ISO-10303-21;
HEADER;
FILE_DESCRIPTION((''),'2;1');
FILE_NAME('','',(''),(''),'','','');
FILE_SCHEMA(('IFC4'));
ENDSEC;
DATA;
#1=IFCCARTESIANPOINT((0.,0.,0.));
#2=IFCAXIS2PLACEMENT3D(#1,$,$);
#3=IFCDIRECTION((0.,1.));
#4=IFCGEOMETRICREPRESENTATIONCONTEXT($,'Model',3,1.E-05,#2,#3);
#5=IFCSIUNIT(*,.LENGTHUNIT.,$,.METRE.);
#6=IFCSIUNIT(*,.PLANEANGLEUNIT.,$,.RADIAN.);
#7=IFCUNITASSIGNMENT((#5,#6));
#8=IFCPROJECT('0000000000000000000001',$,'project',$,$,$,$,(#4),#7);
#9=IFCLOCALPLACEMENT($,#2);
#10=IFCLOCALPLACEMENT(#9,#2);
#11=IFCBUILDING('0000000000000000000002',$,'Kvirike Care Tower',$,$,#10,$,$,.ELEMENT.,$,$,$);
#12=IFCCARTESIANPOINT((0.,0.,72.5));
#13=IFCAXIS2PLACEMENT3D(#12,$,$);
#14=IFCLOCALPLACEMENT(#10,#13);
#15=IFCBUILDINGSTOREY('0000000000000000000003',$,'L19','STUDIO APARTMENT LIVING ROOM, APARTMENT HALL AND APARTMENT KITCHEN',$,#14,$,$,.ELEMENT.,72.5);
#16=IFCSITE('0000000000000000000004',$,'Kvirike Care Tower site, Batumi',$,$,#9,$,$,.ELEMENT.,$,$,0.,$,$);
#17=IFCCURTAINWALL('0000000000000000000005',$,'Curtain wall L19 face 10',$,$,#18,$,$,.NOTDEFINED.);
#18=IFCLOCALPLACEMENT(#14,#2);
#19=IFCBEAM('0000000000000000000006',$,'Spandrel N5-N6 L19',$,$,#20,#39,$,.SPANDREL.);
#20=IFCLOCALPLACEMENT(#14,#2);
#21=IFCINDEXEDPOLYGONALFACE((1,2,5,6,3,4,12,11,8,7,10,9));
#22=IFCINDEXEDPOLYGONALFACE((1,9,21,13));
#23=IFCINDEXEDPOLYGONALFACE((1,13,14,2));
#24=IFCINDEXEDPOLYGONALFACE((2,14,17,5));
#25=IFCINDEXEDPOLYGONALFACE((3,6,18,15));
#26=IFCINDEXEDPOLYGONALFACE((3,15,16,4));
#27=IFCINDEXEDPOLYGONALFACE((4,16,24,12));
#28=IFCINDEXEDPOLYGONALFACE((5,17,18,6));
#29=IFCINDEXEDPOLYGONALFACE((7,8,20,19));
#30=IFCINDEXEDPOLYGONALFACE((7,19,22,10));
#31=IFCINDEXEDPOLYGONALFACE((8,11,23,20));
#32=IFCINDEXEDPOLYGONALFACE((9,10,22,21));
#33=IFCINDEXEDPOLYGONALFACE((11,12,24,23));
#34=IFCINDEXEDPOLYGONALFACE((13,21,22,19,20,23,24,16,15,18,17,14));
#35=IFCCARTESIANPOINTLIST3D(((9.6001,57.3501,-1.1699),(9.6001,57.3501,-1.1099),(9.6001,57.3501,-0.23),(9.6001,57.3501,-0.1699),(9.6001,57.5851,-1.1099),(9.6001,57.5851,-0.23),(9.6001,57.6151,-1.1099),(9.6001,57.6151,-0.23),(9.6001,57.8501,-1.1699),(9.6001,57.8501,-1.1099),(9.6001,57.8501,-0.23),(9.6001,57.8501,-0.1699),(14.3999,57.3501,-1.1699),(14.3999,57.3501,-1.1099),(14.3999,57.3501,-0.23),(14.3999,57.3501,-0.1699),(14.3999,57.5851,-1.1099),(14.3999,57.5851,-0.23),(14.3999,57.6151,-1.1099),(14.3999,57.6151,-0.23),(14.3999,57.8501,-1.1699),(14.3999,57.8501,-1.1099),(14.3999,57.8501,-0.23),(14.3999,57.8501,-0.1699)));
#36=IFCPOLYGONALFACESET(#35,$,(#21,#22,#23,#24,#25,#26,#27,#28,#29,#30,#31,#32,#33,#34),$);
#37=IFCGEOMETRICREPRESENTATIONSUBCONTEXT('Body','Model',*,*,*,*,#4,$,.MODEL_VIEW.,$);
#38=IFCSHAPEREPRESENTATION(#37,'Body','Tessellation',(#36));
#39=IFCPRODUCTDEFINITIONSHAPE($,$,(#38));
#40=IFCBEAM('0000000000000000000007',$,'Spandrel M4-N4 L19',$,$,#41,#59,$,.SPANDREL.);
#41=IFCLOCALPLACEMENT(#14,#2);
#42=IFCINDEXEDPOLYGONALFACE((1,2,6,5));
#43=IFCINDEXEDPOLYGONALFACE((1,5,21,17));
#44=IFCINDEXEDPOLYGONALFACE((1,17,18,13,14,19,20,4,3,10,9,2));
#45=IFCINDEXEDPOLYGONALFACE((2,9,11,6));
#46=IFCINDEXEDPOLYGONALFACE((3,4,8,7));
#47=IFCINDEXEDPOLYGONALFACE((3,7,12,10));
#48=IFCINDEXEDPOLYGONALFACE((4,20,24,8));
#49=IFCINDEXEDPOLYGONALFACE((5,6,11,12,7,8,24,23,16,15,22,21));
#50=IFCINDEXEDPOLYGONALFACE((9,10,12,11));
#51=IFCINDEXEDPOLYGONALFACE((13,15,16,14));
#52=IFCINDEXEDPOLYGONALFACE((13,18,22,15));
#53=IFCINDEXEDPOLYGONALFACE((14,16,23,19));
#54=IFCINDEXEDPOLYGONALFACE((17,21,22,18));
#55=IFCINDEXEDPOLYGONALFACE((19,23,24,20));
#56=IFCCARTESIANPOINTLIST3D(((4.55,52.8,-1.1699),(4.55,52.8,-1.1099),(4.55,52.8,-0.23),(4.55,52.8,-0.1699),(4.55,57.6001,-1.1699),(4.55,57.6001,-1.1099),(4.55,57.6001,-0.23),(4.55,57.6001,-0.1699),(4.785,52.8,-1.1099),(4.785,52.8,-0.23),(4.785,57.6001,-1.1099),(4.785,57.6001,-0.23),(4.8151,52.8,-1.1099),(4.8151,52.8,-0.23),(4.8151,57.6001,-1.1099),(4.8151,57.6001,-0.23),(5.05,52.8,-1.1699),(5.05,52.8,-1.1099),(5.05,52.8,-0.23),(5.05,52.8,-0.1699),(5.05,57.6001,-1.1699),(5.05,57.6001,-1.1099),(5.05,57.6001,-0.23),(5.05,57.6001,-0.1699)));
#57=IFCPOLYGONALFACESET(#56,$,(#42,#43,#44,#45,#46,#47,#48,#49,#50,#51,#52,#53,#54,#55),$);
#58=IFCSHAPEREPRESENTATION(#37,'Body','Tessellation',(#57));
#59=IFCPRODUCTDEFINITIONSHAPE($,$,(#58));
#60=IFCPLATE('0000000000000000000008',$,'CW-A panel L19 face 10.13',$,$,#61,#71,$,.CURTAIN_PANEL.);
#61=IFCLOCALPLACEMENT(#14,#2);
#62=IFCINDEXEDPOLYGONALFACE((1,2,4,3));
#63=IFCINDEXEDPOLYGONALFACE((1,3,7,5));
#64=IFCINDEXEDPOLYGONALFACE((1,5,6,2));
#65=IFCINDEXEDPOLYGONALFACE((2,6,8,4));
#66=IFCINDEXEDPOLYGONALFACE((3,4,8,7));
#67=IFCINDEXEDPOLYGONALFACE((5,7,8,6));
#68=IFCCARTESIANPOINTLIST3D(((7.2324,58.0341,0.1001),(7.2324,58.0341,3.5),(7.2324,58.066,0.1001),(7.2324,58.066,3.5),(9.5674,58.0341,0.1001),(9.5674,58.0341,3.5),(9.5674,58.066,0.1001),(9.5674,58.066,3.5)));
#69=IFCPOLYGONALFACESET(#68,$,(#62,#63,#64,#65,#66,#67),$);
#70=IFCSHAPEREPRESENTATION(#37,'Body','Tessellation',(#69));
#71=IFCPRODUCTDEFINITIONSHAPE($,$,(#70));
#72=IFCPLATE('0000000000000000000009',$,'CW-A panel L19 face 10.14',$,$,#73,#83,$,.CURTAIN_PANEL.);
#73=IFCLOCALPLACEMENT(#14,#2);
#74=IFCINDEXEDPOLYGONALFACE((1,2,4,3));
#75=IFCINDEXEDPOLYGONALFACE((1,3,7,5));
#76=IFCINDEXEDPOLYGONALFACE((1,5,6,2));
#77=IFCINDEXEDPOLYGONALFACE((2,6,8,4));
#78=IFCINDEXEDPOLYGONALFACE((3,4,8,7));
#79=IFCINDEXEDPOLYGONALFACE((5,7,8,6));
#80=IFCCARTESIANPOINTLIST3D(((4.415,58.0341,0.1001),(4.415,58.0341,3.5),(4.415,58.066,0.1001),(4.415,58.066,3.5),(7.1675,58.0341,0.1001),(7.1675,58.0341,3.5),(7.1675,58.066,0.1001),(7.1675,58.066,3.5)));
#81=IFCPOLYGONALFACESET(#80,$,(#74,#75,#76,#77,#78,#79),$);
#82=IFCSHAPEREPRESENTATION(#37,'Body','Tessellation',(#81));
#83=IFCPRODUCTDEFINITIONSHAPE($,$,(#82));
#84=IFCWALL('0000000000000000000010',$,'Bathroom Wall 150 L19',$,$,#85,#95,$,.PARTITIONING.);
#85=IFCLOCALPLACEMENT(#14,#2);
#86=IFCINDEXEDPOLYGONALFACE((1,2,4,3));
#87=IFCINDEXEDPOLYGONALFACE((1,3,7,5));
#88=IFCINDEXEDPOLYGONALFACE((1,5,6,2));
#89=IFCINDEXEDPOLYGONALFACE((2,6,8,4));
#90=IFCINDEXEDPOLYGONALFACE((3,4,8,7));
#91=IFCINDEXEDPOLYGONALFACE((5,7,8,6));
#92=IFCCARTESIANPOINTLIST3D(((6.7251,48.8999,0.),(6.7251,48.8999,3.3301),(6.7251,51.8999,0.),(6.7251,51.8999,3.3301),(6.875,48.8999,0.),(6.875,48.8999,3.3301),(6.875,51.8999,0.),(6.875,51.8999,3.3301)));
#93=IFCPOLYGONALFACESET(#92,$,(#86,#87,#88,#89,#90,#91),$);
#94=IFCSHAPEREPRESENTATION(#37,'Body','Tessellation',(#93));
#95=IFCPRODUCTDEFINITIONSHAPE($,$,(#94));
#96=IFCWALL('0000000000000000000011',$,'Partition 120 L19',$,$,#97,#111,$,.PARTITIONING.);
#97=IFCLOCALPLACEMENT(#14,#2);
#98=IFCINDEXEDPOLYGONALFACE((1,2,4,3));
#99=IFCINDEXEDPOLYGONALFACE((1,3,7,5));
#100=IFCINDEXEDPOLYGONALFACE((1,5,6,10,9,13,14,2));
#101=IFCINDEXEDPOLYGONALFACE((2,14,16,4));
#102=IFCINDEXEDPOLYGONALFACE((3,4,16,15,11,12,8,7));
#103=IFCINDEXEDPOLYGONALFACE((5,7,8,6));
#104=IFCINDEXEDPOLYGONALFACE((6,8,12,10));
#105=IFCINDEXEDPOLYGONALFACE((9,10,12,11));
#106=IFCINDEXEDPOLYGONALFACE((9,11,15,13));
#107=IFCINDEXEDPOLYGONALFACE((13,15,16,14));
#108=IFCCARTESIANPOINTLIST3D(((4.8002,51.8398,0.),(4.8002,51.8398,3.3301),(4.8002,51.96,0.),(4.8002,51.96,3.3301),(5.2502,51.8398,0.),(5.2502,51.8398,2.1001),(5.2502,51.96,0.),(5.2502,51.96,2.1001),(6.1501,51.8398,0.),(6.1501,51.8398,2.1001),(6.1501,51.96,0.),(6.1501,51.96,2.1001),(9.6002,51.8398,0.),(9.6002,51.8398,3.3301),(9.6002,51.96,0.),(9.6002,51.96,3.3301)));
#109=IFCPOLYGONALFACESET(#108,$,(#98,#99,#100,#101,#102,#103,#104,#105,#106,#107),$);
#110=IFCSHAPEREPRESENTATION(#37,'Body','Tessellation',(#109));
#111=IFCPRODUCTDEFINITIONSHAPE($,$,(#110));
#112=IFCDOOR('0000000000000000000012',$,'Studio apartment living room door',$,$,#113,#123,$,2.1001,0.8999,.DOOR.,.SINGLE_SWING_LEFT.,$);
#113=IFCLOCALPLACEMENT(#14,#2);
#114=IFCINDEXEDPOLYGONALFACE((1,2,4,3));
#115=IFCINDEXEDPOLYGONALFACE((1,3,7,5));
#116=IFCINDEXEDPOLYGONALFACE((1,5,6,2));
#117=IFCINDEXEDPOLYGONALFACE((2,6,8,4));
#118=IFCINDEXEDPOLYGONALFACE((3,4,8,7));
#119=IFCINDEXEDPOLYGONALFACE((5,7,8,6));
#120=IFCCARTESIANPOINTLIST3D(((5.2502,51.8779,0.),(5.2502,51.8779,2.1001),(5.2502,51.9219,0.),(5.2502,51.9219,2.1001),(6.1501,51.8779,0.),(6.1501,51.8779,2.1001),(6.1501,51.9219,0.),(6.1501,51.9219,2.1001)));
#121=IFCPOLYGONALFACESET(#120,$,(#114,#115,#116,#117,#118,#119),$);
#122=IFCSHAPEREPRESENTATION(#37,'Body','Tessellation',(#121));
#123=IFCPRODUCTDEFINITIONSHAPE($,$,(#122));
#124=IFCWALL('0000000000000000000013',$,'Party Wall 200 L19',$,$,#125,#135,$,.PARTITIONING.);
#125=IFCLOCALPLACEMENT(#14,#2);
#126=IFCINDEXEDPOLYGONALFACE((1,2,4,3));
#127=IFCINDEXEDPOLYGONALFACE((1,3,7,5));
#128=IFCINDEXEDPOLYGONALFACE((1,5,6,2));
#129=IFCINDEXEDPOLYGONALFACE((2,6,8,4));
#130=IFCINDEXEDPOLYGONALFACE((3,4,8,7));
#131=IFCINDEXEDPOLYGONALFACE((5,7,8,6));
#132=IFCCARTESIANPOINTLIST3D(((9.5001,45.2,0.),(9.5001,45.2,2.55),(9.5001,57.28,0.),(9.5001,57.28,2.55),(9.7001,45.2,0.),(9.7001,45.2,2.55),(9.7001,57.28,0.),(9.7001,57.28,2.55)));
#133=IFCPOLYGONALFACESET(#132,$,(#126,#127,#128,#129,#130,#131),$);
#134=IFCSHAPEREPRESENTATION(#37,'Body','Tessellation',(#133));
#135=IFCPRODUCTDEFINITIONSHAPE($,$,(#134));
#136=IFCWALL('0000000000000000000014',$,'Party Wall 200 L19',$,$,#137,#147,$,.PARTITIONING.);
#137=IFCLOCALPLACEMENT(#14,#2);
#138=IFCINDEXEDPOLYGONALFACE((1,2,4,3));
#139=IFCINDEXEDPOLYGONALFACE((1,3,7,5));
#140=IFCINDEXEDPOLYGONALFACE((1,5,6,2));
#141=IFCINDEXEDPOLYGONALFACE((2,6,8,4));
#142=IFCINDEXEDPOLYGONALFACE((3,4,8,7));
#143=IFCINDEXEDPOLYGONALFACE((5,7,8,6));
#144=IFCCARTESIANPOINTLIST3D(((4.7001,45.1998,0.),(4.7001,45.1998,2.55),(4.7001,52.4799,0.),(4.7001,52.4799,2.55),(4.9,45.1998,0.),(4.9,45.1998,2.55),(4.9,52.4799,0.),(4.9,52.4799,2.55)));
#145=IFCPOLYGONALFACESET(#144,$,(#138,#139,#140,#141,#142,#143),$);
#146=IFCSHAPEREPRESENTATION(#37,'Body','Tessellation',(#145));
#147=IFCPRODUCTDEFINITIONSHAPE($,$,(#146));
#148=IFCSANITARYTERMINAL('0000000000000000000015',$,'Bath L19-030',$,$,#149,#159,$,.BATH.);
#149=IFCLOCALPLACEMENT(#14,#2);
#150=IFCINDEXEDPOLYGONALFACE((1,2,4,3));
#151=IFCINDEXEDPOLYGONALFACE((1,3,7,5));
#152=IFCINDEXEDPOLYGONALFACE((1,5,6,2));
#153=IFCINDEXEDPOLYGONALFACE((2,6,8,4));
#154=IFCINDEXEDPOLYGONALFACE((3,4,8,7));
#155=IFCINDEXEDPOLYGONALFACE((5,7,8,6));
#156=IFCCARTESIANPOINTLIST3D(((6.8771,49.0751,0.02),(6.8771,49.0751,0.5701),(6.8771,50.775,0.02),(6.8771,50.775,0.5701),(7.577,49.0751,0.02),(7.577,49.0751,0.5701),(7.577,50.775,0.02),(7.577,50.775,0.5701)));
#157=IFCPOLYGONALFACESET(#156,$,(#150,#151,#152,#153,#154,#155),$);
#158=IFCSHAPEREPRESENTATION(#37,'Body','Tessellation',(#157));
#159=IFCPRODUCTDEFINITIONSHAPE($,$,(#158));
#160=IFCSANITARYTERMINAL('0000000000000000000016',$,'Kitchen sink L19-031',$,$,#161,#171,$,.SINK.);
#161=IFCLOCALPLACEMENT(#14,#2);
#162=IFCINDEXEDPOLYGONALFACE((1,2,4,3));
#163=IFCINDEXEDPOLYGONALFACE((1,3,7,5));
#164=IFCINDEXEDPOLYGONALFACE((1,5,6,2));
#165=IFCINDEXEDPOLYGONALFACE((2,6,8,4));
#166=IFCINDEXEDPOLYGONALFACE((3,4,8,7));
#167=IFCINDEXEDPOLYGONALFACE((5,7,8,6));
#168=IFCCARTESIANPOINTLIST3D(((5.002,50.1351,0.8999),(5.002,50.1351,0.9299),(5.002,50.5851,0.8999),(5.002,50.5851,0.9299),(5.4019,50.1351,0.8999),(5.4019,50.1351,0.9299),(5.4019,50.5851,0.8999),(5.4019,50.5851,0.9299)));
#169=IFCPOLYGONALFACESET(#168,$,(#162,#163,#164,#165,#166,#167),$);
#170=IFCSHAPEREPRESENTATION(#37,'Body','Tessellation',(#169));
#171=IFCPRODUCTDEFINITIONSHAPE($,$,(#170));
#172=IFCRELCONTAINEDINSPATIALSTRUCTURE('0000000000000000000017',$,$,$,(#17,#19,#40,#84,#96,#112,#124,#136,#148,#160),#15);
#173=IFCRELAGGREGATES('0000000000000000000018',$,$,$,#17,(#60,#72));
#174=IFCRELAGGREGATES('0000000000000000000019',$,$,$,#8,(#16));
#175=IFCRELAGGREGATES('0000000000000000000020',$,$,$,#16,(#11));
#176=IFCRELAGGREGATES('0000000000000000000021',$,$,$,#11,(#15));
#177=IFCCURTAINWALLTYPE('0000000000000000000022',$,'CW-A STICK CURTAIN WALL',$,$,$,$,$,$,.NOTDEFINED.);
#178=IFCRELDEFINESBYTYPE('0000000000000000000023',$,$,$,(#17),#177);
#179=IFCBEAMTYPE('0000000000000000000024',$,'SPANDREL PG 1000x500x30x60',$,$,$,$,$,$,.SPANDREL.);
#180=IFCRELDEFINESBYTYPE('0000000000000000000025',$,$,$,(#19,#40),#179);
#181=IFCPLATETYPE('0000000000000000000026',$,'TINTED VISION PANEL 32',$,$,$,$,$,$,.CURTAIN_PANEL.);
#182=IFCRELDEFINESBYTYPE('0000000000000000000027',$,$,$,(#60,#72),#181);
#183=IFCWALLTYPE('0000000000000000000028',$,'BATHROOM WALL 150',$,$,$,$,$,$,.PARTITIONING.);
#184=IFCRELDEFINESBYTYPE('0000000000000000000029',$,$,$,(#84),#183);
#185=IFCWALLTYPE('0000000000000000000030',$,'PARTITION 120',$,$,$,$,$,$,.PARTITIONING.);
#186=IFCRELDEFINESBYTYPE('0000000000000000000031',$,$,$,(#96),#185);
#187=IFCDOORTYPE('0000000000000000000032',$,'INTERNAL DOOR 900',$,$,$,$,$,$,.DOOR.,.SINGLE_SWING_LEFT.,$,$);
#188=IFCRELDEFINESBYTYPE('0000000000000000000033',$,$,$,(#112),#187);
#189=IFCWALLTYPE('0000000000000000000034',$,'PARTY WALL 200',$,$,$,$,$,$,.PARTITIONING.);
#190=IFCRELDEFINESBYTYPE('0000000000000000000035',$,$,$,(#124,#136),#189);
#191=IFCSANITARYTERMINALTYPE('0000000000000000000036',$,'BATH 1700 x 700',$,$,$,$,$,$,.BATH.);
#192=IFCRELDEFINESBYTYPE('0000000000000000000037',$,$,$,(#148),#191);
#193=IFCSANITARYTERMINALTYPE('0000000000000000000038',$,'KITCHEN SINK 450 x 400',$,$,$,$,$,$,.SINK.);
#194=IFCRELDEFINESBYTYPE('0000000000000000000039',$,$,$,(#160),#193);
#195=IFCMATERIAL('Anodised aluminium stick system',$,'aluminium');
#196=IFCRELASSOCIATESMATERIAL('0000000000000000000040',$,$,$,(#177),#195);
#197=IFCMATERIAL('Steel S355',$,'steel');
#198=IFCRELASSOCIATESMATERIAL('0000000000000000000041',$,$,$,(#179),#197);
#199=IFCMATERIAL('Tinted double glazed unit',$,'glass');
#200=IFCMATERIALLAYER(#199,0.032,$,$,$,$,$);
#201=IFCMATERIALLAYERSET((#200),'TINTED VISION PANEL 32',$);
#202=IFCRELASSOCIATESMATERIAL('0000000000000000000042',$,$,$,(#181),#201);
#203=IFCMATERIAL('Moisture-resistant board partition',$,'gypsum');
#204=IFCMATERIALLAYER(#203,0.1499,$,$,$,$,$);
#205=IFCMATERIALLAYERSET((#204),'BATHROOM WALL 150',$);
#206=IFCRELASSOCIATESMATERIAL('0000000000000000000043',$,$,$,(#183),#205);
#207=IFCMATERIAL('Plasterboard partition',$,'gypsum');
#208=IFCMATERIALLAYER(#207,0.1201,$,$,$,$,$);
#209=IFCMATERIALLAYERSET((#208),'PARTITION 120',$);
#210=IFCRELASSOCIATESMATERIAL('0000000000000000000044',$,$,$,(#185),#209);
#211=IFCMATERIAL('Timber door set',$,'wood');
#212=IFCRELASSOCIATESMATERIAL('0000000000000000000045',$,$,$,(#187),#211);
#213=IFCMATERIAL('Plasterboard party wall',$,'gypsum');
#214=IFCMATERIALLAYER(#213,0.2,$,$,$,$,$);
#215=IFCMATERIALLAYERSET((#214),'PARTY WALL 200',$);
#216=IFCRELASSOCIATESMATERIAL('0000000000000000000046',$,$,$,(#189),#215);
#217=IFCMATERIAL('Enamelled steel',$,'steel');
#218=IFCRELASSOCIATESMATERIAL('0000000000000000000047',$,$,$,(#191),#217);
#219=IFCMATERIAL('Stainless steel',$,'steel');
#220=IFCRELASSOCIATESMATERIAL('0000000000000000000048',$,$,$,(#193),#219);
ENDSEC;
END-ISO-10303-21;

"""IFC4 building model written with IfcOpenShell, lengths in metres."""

from ifc_helpers import new_model, si_unit, direction, frame, frame_2d, origin, origin_2d, place, context, subcontext, project, spatial, rectangle, i_section, extrude, material, layer, layer_set, material_profile, profile_set, type_object, element, fill, aggregate, save


model = new_model("IFC4")

# Units and contexts
model_context = context("Model", 3, precision=1e-05, world=origin(), true_north=direction((0.0, 1.0)))
body_context = subcontext(model_context, "Body", "Model", "MODEL_VIEW")
ifc_project = project(units=[si_unit("LENGTHUNIT", "METRE"), si_unit("PLANEANGLEUNIT", "RADIAN")], contexts=[model_context])

# Site, building, storey
site_placement = place(None, origin())
site = spatial("IfcSite", under=ifc_project, at=site_placement, Name="Kvirike Care Tower site, Batumi", CompositionType="ELEMENT", RefElevation=0.0)
building_placement = place(site_placement, origin())
building = spatial("IfcBuilding", under=site, at=building_placement, Name="Kvirike Care Tower", CompositionType="ELEMENT")
storey_placement = place(building_placement, frame((0.0, 0.0, 72.5)))
storey = spatial("IfcBuildingStorey", under=building, at=storey_placement, Name="L19", Description="STUDIO APARTMENT LIVING ROOM, APARTMENT HALL AND APARTMENT KITCHEN", CompositionType="ELEMENT", Elevation=72.5)

# Curtain wall
ifc_material_1 = material(Name="Anodised aluminium stick system", Category="aluminium")
curtain_wall_type = type_object("IfcCurtainWallType", Name="CW-A STICK CURTAIN WALL", PredefinedType="NOTDEFINED", material=ifc_material_1)
curtain_wall_1_placement = place(storey_placement, origin())
curtain_wall_1 = element("IfcCurtainWall", 1, at=curtain_wall_1_placement, inside=storey, type_object=curtain_wall_type, Name="Curtain wall L19 face 10", PredefinedType="NOTDEFINED")

# Beams
ifc_material_2 = material(Name="Steel S355", Category="steel")
ifc_material_profile_1 = material_profile(ifc_material_2, i_section(OverallWidth=0.5, OverallDepth=1.0, WebThickness=0.03, FlangeThickness=0.0601, at=origin_2d()), Name="PG 1000x500x30x60")
ifc_profile_set_1 = profile_set([ifc_material_profile_1], Name="Steel S355")
beam_type_1 = type_object("IfcBeamType", Name="SPANDREL PG 1000x500x30x60", PredefinedType="SPANDREL", material=ifc_profile_set_1)
beam_1_placement = place(storey_placement, frame((9.6001, 57.6001, -0.6699), z_axis=(1.0, 0.0, 0.0), x_axis=(0.0, 1.0, 0.0)))
element("IfcBeam", 2, at=beam_1_placement, inside=storey, type_object=beam_type_1, Name="Spandrel N5-N6 L19", PredefinedType="SPANDREL", context=body_context, shape_type="SweptSolid", body=[
    extrude(i_section(OverallWidth=0.5, OverallDepth=1.0, WebThickness=0.03, FlangeThickness=0.0601, at=origin_2d()), origin(), (0.0, 0.0, 1.0), 4.7998),
])
beam_2_placement = place(storey_placement, frame((4.8, 52.8, -0.6699), z_axis=(0.0, 1.0, 0.0), x_axis=(-1.0, 0.0, 0.0)))
element("IfcBeam", 3, at=beam_2_placement, inside=storey, type_object=beam_type_1, Name="Spandrel M4-N4 L19", PredefinedType="SPANDREL", context=body_context, shape_type="SweptSolid", body=[
    extrude(i_section(OverallWidth=0.5, OverallDepth=1.0, WebThickness=0.03, FlangeThickness=0.0601, at=origin_2d()), origin(), (0.0, 0.0, 1.0), 4.8),
])

# Plates
ifc_material_3 = material(Name="Tinted double glazed unit", Category="glass")
ifc_layer_1 = layer(ifc_material_3, 0.032)
ifc_layer_set_1 = layer_set([ifc_layer_1], Name="TINTED VISION PANEL 32")
plate_type = type_object("IfcPlateType", Name="TINTED VISION PANEL 32", PredefinedType="CURTAIN_PANEL", material=ifc_layer_set_1)
plate_1_placement = place(storey_placement, frame((8.3999, 58.05, 0.1001), z_axis=(0.0, 0.0, 1.0), x_axis=(-1.0, 0.0, 0.0)))
plate_1 = element("IfcPlate", 4, at=plate_1_placement, type_object=plate_type, Name="CW-A panel L19 face 10.13", PredefinedType="CURTAIN_PANEL", context=body_context, shape_type="SweptSolid", body=[
    extrude(rectangle(XDim=2.335, YDim=0.032, at=origin_2d()), origin(), (0.0, 0.0, 1.0), 3.3999),
])
plate_2_placement = place(storey_placement, frame((5.7913, 58.05, 0.1001), z_axis=(0.0, 0.0, 1.0), x_axis=(-1.0, 0.0, 0.0)))
plate_2 = element("IfcPlate", 5, at=plate_2_placement, type_object=plate_type, Name="CW-A panel L19 face 10.14", PredefinedType="CURTAIN_PANEL", context=body_context, shape_type="SweptSolid", body=[
    extrude(rectangle(XDim=2.7524, YDim=0.032, at=origin_2d()), origin(), (0.0, 0.0, 1.0), 3.3999),
])
aggregate(curtain_wall_1, [plate_1, plate_2])

# Wall
ifc_material_4 = material(Name="Moisture-resistant board partition", Category="gypsum")
ifc_layer_2 = layer(ifc_material_4, 0.1499)
ifc_layer_set_2 = layer_set([ifc_layer_2], Name="BATHROOM WALL 150")
wall_type_1 = type_object("IfcWallType", Name="BATHROOM WALL 150", PredefinedType="PARTITIONING", material=ifc_layer_set_2)
wall_1_placement = place(storey_placement, frame((6.8, 51.8999, 0.0), z_axis=(0.0, 0.0, 1.0), x_axis=(0.0, -1.0, 0.0)))
element("IfcWall", 6, at=wall_1_placement, inside=storey, type_object=wall_type_1, Name="Bathroom Wall 150 L19", PredefinedType="PARTITIONING", context=body_context, shape_type="SweptSolid", body=[
    extrude(rectangle(XDim=3.0, YDim=0.1499, at=frame_2d((1.5, 0.0))), origin(), (0.0, 0.0, 1.0), 3.3301),
])

# Wall, opening, door
ifc_material_5 = material(Name="Plasterboard partition", Category="gypsum")
ifc_layer_3 = layer(ifc_material_5, 0.1201)
ifc_layer_set_3 = layer_set([ifc_layer_3], Name="PARTITION 120")
wall_type_2 = type_object("IfcWallType", Name="PARTITION 120", PredefinedType="PARTITIONING", material=ifc_layer_set_3)
wall_2_placement = place(storey_placement, frame((9.6001, 51.8999, 0.0), z_axis=(0.0, 0.0, 1.0), x_axis=(-1.0, 0.0, 0.0)))
wall_2 = element("IfcWall", 7, at=wall_2_placement, inside=storey, type_object=wall_type_2, Name="Partition 120 L19", PredefinedType="PARTITIONING", context=body_context, shape_type="SweptSolid", body=[
    extrude(rectangle(XDim=4.8, YDim=0.1201, at=frame_2d((2.3999, 0.0))), origin(), (0.0, 0.0, 1.0), 3.3301),
])
opening_placement = place(wall_2_placement, frame((3.45, 0.0, 0.0)))
opening = element("IfcOpeningElement", 8, at=opening_placement, cuts=wall_2, PredefinedType="OPENING", context=body_context, shape_type="SweptSolid", body=[
    extrude(rectangle(XDim=0.8999, YDim=2.1001, at=frame_2d((0.45, 1.05))), frame((0.0, 0.0706, 0.0), z_axis=(0.0, -1.0, 0.0), x_axis=(1.0, 0.0, 0.0)), (0.0, 0.0, 1.0), 0.1411),
])
ifc_material_6 = material(Name="Timber door set", Category="wood")
door_type = type_object("IfcDoorType", Name="INTERNAL DOOR 900", OperationType="SINGLE_SWING_LEFT", PredefinedType="DOOR", material=ifc_material_6)
door_placement = place(opening_placement, origin())
door = element("IfcDoor", 9, at=door_placement, inside=storey, type_object=door_type, Name="Studio apartment living room door", OperationType="SINGLE_SWING_LEFT", OverallHeight=2.1001, OverallWidth=0.8999, PredefinedType="DOOR", context=body_context, shape_type="SweptSolid", body=[
    extrude(rectangle(XDim=0.8999, YDim=2.1001, at=frame_2d((0.45, 1.05))), frame((0.0, 0.022, 0.0), z_axis=(0.0, -1.0, 0.0), x_axis=(1.0, 0.0, 0.0)), (0.0, 0.0, 1.0), 0.0439),
])
fill(opening, door)

# Walls
ifc_material_7 = material(Name="Plasterboard party wall", Category="gypsum")
ifc_layer_4 = layer(ifc_material_7, 0.2)
ifc_layer_set_4 = layer_set([ifc_layer_4], Name="PARTY WALL 200")
wall_type_3 = type_object("IfcWallType", Name="PARTY WALL 200", PredefinedType="PARTITIONING", material=ifc_layer_set_4)
wall_3_placement = place(storey_placement, frame((9.6001, 57.28, 0.0), z_axis=(0.0, 0.0, 1.0), x_axis=(0.0, -1.0, 0.0)))
element("IfcWall", 10, at=wall_3_placement, inside=storey, type_object=wall_type_3, Name="Party Wall 200 L19", PredefinedType="PARTITIONING", context=body_context, shape_type="SweptSolid", body=[
    extrude(rectangle(XDim=12.0801, YDim=0.2, at=frame_2d((6.04, 0.0))), origin(), (0.0, 0.0, 1.0), 2.55),
])
wall_4_placement = place(storey_placement, frame((4.8, 52.48, 0.0), z_axis=(0.0, 0.0, 1.0), x_axis=(0.0, -1.0, 0.0)))
element("IfcWall", 11, at=wall_4_placement, inside=storey, type_object=wall_type_3, Name="Party Wall 200 L19", PredefinedType="PARTITIONING", context=body_context, shape_type="SweptSolid", body=[
    extrude(rectangle(XDim=7.28, YDim=0.2, at=frame_2d((3.6401, 0.0))), origin(), (0.0, 0.0, 1.0), 2.55),
])

# Sanitary terminals
ifc_material_8 = material(Name="Enamelled steel", Category="steel")
sanitary_terminal_type_1 = type_object("IfcSanitaryTerminalType", Name="BATH 1700 x 700", PredefinedType="BATH", material=ifc_material_8)
sanitary_terminal_1_placement = place(storey_placement, frame((7.2271, 49.925, 0.02), z_axis=(0.0, 0.0, 1.0), x_axis=(0.0, 1.0, 0.0)))
element("IfcSanitaryTerminal", 12, at=sanitary_terminal_1_placement, inside=storey, type_object=sanitary_terminal_type_1, Name="Bath L19-030", PredefinedType="BATH", context=body_context, shape_type="SweptSolid", body=[
    extrude(rectangle(XDim=1.7, YDim=0.7, at=origin_2d()), origin(), (0.0, 0.0, 1.0), 0.55),
])
ifc_material_9 = material(Name="Stainless steel", Category="steel")
sanitary_terminal_type_2 = type_object("IfcSanitaryTerminalType", Name="KITCHEN SINK 450 x 400", PredefinedType="SINK", material=ifc_material_9)
sanitary_terminal_2_placement = place(storey_placement, frame((5.2019, 50.3601, 0.8999), z_axis=(0.0, 0.0, 1.0), x_axis=(0.0, 1.0, 0.0)))
element("IfcSanitaryTerminal", 13, at=sanitary_terminal_2_placement, inside=storey, type_object=sanitary_terminal_type_2, Name="Kitchen sink L19-031", PredefinedType="SINK", context=body_context, shape_type="SweptSolid", body=[
    extrude(rectangle(XDim=0.45, YDim=0.3999, at=origin_2d()), origin(), (0.0, 0.0, 1.0), 0.03),
])

save(model, "model.ifc")
